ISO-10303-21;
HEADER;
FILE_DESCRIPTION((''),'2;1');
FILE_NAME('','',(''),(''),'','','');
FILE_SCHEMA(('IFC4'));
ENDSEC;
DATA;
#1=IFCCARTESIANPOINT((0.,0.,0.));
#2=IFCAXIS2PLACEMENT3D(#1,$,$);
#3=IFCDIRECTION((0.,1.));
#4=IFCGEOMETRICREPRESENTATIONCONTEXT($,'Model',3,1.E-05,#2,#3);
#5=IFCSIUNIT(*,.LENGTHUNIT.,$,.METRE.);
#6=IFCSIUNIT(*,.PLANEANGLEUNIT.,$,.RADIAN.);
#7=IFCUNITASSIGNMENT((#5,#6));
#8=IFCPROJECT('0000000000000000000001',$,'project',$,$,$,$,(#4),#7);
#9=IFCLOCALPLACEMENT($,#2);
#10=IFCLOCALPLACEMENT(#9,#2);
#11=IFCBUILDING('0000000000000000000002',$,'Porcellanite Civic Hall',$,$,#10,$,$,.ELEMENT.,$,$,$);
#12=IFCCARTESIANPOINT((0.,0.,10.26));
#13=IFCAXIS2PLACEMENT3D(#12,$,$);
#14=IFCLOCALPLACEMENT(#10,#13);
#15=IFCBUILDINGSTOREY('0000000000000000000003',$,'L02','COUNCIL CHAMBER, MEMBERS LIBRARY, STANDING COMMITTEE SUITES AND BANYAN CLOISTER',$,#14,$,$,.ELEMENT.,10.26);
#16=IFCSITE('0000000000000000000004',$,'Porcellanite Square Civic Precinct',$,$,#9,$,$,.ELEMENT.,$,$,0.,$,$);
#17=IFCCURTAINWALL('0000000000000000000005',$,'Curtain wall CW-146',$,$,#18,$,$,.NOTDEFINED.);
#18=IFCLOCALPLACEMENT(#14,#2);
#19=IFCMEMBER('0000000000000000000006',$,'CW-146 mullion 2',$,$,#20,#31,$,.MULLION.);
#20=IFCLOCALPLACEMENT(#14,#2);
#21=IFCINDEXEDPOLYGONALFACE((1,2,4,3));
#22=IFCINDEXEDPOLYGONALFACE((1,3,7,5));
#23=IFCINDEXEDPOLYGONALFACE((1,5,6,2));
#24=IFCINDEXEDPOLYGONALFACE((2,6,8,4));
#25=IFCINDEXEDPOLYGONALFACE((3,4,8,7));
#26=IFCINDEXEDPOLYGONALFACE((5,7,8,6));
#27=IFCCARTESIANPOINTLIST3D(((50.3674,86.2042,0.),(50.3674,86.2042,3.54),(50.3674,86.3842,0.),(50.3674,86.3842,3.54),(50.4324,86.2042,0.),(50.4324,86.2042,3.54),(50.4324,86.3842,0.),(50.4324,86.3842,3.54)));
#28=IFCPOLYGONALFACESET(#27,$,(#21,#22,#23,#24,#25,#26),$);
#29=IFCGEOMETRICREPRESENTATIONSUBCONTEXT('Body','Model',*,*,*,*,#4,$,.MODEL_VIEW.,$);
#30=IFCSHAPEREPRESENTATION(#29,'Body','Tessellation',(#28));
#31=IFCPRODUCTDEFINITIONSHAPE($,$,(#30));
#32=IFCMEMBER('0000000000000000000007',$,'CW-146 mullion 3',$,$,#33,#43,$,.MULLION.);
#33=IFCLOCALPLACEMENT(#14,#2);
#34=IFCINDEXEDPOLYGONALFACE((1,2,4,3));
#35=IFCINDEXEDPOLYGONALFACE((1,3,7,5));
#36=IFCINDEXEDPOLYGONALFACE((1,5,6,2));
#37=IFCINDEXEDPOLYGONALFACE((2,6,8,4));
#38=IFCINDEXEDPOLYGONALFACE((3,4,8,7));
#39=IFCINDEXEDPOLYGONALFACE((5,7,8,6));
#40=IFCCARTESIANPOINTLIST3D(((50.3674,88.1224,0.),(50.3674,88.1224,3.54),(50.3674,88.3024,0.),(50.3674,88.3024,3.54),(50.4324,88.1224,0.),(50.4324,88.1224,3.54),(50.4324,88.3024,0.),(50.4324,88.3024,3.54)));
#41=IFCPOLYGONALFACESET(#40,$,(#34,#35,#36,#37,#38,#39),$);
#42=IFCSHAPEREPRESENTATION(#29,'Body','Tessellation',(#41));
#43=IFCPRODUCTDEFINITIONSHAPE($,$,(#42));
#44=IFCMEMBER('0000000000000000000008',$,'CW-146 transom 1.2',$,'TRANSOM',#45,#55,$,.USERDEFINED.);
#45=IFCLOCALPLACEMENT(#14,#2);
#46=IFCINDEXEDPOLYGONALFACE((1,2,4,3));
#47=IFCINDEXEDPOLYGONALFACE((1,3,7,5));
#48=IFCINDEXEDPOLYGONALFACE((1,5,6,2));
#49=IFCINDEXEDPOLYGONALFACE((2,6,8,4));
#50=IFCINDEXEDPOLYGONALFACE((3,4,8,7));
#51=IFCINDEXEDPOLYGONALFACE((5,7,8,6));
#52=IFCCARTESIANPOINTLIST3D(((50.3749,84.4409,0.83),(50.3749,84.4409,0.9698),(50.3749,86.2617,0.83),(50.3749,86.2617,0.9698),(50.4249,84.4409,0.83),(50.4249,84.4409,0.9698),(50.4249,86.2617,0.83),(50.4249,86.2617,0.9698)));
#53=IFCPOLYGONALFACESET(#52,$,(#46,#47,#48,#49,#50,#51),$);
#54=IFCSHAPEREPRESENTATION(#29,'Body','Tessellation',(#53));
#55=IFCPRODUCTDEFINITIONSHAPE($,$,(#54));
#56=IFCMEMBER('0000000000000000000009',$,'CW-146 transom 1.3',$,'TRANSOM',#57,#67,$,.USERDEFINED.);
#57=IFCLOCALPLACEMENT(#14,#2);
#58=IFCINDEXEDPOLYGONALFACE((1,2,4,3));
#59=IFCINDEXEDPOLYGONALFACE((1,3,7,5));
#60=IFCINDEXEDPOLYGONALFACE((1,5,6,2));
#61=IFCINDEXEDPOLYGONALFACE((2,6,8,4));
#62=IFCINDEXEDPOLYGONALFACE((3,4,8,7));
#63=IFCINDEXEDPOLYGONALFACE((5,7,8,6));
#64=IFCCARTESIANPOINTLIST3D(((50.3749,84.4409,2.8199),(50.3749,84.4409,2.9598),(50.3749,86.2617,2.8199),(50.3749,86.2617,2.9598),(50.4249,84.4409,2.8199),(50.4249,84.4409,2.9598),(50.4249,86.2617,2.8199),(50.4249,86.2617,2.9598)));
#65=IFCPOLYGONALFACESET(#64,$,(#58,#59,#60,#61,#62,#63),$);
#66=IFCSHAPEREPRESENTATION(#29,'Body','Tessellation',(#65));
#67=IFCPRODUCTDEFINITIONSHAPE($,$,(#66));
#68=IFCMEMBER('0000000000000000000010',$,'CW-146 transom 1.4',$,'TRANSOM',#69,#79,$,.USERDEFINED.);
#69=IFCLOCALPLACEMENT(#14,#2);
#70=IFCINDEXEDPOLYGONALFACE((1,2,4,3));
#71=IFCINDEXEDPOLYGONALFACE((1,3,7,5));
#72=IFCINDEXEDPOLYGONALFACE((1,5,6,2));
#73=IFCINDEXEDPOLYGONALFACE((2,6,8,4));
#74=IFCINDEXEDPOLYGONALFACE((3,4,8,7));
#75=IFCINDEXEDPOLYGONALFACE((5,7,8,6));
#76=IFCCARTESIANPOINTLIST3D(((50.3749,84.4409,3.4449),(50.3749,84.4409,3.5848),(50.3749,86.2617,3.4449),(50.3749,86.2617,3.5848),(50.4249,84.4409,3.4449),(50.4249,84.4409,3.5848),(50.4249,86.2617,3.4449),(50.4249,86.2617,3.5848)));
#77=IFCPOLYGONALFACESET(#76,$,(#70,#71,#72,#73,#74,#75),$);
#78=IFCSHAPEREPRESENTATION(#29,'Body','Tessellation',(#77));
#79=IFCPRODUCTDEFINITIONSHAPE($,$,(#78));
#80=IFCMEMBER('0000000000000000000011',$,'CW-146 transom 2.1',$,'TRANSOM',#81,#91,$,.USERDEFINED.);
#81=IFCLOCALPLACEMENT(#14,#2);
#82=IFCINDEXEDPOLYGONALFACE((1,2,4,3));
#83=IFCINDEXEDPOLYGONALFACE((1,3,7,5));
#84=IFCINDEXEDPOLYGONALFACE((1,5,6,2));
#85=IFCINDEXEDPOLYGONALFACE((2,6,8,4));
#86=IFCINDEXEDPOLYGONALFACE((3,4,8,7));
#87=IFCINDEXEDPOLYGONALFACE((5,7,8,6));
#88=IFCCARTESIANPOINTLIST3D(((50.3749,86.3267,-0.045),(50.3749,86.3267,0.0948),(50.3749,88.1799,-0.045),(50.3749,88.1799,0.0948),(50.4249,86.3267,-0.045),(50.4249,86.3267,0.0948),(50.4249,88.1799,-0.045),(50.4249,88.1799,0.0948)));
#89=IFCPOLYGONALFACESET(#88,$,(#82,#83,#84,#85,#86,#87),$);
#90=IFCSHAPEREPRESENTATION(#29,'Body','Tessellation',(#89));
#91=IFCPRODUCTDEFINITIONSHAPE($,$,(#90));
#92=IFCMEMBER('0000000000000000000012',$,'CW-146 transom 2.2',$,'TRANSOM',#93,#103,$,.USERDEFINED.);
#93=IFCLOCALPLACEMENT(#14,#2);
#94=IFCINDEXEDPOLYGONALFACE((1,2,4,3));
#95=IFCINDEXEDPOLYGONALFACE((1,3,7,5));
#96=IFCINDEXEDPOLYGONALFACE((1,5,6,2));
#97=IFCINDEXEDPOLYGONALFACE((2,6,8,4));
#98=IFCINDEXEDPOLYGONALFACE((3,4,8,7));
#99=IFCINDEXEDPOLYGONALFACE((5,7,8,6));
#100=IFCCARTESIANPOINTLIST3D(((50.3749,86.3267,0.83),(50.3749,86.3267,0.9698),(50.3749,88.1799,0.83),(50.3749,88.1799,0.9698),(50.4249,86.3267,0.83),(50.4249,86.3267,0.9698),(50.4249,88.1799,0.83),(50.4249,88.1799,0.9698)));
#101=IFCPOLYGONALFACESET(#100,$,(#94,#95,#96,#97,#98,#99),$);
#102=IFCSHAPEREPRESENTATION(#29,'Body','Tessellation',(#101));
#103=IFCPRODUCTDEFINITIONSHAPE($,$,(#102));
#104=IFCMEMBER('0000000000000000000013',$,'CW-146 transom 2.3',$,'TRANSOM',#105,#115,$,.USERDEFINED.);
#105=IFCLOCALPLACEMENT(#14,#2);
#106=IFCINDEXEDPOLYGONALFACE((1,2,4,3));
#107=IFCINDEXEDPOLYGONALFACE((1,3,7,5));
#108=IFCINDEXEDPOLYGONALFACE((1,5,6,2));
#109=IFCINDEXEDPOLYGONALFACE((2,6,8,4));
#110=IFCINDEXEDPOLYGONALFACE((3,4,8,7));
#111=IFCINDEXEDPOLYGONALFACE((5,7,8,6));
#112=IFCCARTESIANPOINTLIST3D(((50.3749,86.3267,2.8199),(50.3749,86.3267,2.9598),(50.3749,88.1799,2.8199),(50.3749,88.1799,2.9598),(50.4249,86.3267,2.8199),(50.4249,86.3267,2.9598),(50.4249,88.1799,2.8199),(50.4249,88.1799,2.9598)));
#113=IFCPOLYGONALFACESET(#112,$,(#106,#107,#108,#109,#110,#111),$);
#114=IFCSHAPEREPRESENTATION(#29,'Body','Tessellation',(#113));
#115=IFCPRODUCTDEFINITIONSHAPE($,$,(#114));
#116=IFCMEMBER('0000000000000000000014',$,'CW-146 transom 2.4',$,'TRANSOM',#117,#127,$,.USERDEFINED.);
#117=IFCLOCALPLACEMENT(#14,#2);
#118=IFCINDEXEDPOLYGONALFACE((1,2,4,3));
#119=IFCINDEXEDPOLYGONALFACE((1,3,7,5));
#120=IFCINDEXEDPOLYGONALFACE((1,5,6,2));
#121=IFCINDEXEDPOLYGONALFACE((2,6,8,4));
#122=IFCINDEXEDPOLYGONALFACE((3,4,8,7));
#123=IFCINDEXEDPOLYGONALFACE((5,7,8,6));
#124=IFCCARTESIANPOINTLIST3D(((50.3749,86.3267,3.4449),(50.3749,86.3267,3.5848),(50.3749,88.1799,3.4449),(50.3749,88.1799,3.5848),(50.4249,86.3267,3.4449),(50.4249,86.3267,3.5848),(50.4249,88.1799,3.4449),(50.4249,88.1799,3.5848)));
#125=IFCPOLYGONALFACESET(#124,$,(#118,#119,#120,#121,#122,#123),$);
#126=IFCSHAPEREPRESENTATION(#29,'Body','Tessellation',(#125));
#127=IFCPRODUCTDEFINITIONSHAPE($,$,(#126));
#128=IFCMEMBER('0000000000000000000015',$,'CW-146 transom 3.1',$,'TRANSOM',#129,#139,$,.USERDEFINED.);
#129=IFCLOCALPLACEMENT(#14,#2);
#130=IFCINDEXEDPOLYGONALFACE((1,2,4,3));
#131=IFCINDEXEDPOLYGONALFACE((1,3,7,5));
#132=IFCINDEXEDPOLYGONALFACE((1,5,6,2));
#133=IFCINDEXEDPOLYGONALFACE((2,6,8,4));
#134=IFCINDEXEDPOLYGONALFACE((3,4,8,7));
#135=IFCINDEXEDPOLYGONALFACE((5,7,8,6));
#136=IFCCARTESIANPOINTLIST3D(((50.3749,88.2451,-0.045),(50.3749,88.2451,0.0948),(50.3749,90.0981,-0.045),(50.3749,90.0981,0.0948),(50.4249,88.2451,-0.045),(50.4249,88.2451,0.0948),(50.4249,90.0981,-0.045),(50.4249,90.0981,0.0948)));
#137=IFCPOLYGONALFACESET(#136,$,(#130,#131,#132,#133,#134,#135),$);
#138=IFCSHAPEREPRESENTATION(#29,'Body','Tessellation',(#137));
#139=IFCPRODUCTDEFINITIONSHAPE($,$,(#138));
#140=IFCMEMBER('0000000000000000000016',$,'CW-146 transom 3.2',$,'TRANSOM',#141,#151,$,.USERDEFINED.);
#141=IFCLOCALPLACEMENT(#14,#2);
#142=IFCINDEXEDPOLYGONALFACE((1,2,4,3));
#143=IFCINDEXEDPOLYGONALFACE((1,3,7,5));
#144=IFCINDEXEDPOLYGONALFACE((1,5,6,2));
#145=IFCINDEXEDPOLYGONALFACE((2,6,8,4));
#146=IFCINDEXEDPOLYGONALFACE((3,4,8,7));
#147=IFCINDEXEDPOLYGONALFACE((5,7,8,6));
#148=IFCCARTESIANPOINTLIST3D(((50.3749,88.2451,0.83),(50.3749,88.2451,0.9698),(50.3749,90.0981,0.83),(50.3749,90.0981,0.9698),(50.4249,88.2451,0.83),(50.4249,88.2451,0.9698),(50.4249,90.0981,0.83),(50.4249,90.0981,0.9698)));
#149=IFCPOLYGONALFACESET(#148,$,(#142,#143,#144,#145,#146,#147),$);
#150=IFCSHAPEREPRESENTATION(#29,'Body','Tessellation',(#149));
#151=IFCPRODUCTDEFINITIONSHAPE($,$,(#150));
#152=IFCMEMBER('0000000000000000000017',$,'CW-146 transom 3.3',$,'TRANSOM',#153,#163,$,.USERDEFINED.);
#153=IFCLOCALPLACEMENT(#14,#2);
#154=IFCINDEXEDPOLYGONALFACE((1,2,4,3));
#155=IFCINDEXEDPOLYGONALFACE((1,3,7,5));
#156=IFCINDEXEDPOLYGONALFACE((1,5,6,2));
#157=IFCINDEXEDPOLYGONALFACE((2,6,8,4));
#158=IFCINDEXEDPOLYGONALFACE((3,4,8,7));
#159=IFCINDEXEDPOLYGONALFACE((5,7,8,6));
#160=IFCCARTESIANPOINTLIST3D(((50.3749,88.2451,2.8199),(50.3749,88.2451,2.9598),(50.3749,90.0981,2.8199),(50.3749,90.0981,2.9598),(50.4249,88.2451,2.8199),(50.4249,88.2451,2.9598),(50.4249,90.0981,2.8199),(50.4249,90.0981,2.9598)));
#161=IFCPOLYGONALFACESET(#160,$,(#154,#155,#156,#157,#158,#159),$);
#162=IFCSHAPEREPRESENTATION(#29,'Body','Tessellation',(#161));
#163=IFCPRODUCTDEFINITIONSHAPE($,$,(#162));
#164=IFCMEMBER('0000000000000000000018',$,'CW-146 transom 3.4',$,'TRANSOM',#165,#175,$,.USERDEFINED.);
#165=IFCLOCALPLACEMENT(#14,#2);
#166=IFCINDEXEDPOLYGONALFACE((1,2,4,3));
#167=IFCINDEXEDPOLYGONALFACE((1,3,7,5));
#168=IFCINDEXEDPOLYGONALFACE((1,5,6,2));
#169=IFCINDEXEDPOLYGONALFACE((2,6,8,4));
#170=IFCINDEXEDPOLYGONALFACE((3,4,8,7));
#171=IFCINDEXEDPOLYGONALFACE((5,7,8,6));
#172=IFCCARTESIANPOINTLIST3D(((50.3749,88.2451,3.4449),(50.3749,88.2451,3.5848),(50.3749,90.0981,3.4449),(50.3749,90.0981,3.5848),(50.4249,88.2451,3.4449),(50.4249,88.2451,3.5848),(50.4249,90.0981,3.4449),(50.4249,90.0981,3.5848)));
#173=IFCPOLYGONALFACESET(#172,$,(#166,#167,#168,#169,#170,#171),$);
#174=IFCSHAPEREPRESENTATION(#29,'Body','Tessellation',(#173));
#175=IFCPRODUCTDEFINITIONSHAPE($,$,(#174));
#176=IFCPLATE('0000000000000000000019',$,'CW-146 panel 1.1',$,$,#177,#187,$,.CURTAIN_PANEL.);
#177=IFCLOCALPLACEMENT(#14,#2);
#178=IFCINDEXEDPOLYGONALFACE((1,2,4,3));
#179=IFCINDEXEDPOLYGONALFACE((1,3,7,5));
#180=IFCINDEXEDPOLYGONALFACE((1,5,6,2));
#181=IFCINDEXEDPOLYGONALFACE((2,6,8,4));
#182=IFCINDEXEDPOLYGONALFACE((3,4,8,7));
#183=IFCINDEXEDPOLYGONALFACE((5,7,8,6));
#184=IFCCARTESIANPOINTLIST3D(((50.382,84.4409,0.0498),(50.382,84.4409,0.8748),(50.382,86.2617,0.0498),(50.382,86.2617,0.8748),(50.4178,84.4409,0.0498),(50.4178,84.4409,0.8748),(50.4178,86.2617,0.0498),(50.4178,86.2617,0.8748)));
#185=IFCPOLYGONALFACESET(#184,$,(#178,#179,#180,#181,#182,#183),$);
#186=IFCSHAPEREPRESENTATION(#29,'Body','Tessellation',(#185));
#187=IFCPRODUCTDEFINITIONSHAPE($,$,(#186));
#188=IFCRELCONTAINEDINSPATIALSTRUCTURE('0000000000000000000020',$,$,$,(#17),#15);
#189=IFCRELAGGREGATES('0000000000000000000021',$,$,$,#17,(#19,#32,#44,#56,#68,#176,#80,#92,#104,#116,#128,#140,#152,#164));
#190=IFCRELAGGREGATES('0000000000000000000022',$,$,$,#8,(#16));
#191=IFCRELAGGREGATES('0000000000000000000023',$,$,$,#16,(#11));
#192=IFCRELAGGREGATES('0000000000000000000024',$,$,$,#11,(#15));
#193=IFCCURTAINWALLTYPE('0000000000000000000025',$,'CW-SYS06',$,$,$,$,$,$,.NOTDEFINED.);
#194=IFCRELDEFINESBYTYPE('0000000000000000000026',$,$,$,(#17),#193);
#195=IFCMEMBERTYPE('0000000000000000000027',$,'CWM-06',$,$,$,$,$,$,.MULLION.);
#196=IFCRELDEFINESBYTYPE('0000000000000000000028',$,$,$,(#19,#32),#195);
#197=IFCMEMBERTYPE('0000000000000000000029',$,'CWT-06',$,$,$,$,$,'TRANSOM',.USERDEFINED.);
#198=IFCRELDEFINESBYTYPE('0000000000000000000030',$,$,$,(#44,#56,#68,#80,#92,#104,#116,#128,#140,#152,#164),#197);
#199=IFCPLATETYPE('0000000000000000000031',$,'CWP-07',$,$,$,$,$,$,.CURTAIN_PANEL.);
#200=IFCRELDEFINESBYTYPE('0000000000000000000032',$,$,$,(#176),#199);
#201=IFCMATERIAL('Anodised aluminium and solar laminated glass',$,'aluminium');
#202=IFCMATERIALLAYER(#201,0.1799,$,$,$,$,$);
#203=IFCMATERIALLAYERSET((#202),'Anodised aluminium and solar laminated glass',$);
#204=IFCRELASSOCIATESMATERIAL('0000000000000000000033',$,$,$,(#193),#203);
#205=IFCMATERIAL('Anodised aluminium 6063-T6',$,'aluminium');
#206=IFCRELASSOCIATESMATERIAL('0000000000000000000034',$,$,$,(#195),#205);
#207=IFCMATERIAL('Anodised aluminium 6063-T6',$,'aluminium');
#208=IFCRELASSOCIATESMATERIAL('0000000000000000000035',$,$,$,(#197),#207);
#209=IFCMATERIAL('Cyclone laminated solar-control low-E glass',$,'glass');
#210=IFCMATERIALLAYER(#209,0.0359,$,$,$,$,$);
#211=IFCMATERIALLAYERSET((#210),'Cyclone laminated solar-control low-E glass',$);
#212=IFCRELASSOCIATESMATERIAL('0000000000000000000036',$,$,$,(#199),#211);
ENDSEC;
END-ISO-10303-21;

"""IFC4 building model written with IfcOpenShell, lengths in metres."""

from ifc_helpers import new_model, si_unit, direction, frame, origin, origin_2d, place, context, subcontext, project, spatial, rectangle, extrude, material, layer, layer_set, material_profile, profile_set, type_object, element, aggregate, save


model = new_model("IFC4")

# Units and contexts
model_context = context("Model", 3, precision=1e-05, world=origin(), true_north=direction((0.0, 1.0)))
body_context = subcontext(model_context, "Body", "Model", "MODEL_VIEW")
ifc_project = project(units=[si_unit("LENGTHUNIT", "METRE"), si_unit("PLANEANGLEUNIT", "RADIAN")], contexts=[model_context])

# Site, building, storey
site_placement = place(None, origin())
site = spatial("IfcSite", under=ifc_project, at=site_placement, Name="Porcellanite Square Civic Precinct", CompositionType="ELEMENT", RefElevation=0.0)
building_placement = place(site_placement, origin())
building = spatial("IfcBuilding", under=site, at=building_placement, Name="Porcellanite Civic Hall", CompositionType="ELEMENT")
storey_placement = place(building_placement, frame((0.0, 0.0, 10.26)))
storey = spatial("IfcBuildingStorey", under=building, at=storey_placement, Name="L02", Description="COUNCIL CHAMBER, MEMBERS LIBRARY, STANDING COMMITTEE SUITES AND BANYAN CLOISTER", CompositionType="ELEMENT", Elevation=10.26)

# Curtain wall, members, plate
ifc_material_1 = material(Name="Anodised aluminium and solar laminated glass", Category="aluminium")
ifc_layer_1 = layer(ifc_material_1, 0.1799)
ifc_layer_set_1 = layer_set([ifc_layer_1], Name="Anodised aluminium and solar laminated glass")
curtain_wall_type = type_object("IfcCurtainWallType", Name="CW-SYS06", PredefinedType="NOTDEFINED", material=ifc_layer_set_1)
curtain_wall_placement = place(storey_placement, origin())
curtain_wall = element("IfcCurtainWall", 1, at=curtain_wall_placement, inside=storey, type_object=curtain_wall_type, Name="Curtain wall CW-146", PredefinedType="NOTDEFINED")
ifc_material_2 = material(Name="Anodised aluminium 6063-T6", Category="aluminium")
ifc_material_profile_1 = material_profile(ifc_material_2, rectangle(XDim=0.0649, YDim=0.1799, at=origin_2d()), Name="AL-65x180")
ifc_profile_set_1 = profile_set([ifc_material_profile_1], Name="Anodised aluminium 6063-T6")
member_type_1 = type_object("IfcMemberType", Name="CWM-06", PredefinedType="MULLION", material=ifc_profile_set_1)
member_1_placement = place(storey_placement, frame((50.3999, 86.2942, 0.0), z_axis=(0.0, 0.0, 1.0), x_axis=(-1.0, 0.0, 0.0)))
member_1 = element("IfcMember", 2, at=member_1_placement, type_object=member_type_1, Name="CW-146 mullion 2", PredefinedType="MULLION", context=body_context, shape_type="SweptSolid", body=[
    extrude(rectangle(XDim=0.0649, YDim=0.1799, at=origin_2d()), origin(), (0.0, 0.0, 1.0), 3.54),
])
member_2_placement = place(storey_placement, frame((50.3999, 88.2124, 0.0), z_axis=(0.0, 0.0, 1.0), x_axis=(-1.0, 0.0, 0.0)))
member_2 = element("IfcMember", 3, at=member_2_placement, type_object=member_type_1, Name="CW-146 mullion 3", PredefinedType="MULLION", context=body_context, shape_type="SweptSolid", body=[
    extrude(rectangle(XDim=0.0649, YDim=0.1799, at=origin_2d()), origin(), (0.0, 0.0, 1.0), 3.54),
])
ifc_material_3 = material(Name="Anodised aluminium 6063-T6", Category="aluminium")
ifc_material_profile_2 = material_profile(ifc_material_3, rectangle(XDim=0.05, YDim=0.1399, at=origin_2d()), Name="AL-50x140")
ifc_profile_set_2 = profile_set([ifc_material_profile_2], Name="Anodised aluminium 6063-T6")
member_type_2 = type_object("IfcMemberType", Name="CWT-06", ElementType="TRANSOM", PredefinedType="USERDEFINED", material=ifc_profile_set_2)
member_3_placement = place(storey_placement, frame((50.3999, 84.4409, 0.8999), z_axis=(0.0, 1.0, 0.0), x_axis=(-1.0, 0.0, 0.0)))
member_3 = element("IfcMember", 4, at=member_3_placement, type_object=member_type_2, Name="CW-146 transom 1.2", ObjectType="TRANSOM", PredefinedType="USERDEFINED", context=body_context, shape_type="SweptSolid", body=[
    extrude(rectangle(XDim=0.05, YDim=0.1399, at=origin_2d()), origin(), (0.0, 0.0, 1.0), 1.8208),
])
member_4_placement = place(storey_placement, frame((50.3999, 84.4409, 2.8899), z_axis=(0.0, 1.0, 0.0), x_axis=(-1.0, 0.0, 0.0)))
member_4 = element("IfcMember", 5, at=member_4_placement, type_object=member_type_2, Name="CW-146 transom 1.3", ObjectType="TRANSOM", PredefinedType="USERDEFINED", context=body_context, shape_type="SweptSolid", body=[
    extrude(rectangle(XDim=0.05, YDim=0.1399, at=origin_2d()), origin(), (0.0, 0.0, 1.0), 1.8208),
])
member_5_placement = place(storey_placement, frame((50.3999, 84.4409, 3.5149), z_axis=(0.0, 1.0, 0.0), x_axis=(-1.0, 0.0, 0.0)))
member_5 = element("IfcMember", 6, at=member_5_placement, type_object=member_type_2, Name="CW-146 transom 1.4", ObjectType="TRANSOM", PredefinedType="USERDEFINED", context=body_context, shape_type="SweptSolid", body=[
    extrude(rectangle(XDim=0.05, YDim=0.1399, at=origin_2d()), origin(), (0.0, 0.0, 1.0), 1.8208),
])
member_6_placement = place(storey_placement, frame((50.3999, 86.3267, 0.0249), z_axis=(0.0, 1.0, 0.0), x_axis=(-1.0, 0.0, 0.0)))
member_6 = element("IfcMember", 7, at=member_6_placement, type_object=member_type_2, Name="CW-146 transom 2.1", ObjectType="TRANSOM", PredefinedType="USERDEFINED", context=body_context, shape_type="SweptSolid", body=[
    extrude(rectangle(XDim=0.05, YDim=0.1399, at=origin_2d()), origin(), (0.0, 0.0, 1.0), 1.8533),
])
member_7_placement = place(storey_placement, frame((50.3999, 86.3267, 0.8999), z_axis=(0.0, 1.0, 0.0), x_axis=(-1.0, 0.0, 0.0)))
member_7 = element("IfcMember", 8, at=member_7_placement, type_object=member_type_2, Name="CW-146 transom 2.2", ObjectType="TRANSOM", PredefinedType="USERDEFINED", context=body_context, shape_type="SweptSolid", body=[
    extrude(rectangle(XDim=0.05, YDim=0.1399, at=origin_2d()), origin(), (0.0, 0.0, 1.0), 1.8533),
])
member_8_placement = place(storey_placement, frame((50.3999, 86.3267, 2.8899), z_axis=(0.0, 1.0, 0.0), x_axis=(-1.0, 0.0, 0.0)))
member_8 = element("IfcMember", 9, at=member_8_placement, type_object=member_type_2, Name="CW-146 transom 2.3", ObjectType="TRANSOM", PredefinedType="USERDEFINED", context=body_context, shape_type="SweptSolid", body=[
    extrude(rectangle(XDim=0.05, YDim=0.1399, at=origin_2d()), origin(), (0.0, 0.0, 1.0), 1.8533),
])
member_9_placement = place(storey_placement, frame((50.3999, 86.3267, 3.5149), z_axis=(0.0, 1.0, 0.0), x_axis=(-1.0, 0.0, 0.0)))
member_9 = element("IfcMember", 10, at=member_9_placement, type_object=member_type_2, Name="CW-146 transom 2.4", ObjectType="TRANSOM", PredefinedType="USERDEFINED", context=body_context, shape_type="SweptSolid", body=[
    extrude(rectangle(XDim=0.05, YDim=0.1399, at=origin_2d()), origin(), (0.0, 0.0, 1.0), 1.8533),
])
member_10_placement = place(storey_placement, frame((50.3999, 88.2451, 0.0249), z_axis=(0.0, 1.0, 0.0), x_axis=(-1.0, 0.0, 0.0)))
member_10 = element("IfcMember", 11, at=member_10_placement, type_object=member_type_2, Name="CW-146 transom 3.1", ObjectType="TRANSOM", PredefinedType="USERDEFINED", context=body_context, shape_type="SweptSolid", body=[
    extrude(rectangle(XDim=0.05, YDim=0.1399, at=origin_2d()), origin(), (0.0, 0.0, 1.0), 1.853),
])
member_11_placement = place(storey_placement, frame((50.3999, 88.2451, 0.8999), z_axis=(0.0, 1.0, 0.0), x_axis=(-1.0, 0.0, 0.0)))
member_11 = element("IfcMember", 12, at=member_11_placement, type_object=member_type_2, Name="CW-146 transom 3.2", ObjectType="TRANSOM", PredefinedType="USERDEFINED", context=body_context, shape_type="SweptSolid", body=[
    extrude(rectangle(XDim=0.05, YDim=0.1399, at=origin_2d()), origin(), (0.0, 0.0, 1.0), 1.853),
])
member_12_placement = place(storey_placement, frame((50.3999, 88.2451, 2.8899), z_axis=(0.0, 1.0, 0.0), x_axis=(-1.0, 0.0, 0.0)))
member_12 = element("IfcMember", 13, at=member_12_placement, type_object=member_type_2, Name="CW-146 transom 3.3", ObjectType="TRANSOM", PredefinedType="USERDEFINED", context=body_context, shape_type="SweptSolid", body=[
    extrude(rectangle(XDim=0.05, YDim=0.1399, at=origin_2d()), origin(), (0.0, 0.0, 1.0), 1.853),
])
member_13_placement = place(storey_placement, frame((50.3999, 88.2451, 3.5149), z_axis=(0.0, 1.0, 0.0), x_axis=(-1.0, 0.0, 0.0)))
member_13 = element("IfcMember", 14, at=member_13_placement, type_object=member_type_2, Name="CW-146 transom 3.4", ObjectType="TRANSOM", PredefinedType="USERDEFINED", context=body_context, shape_type="SweptSolid", body=[
    extrude(rectangle(XDim=0.05, YDim=0.1399, at=origin_2d()), origin(), (0.0, 0.0, 1.0), 1.853),
])
ifc_material_4 = material(Name="Cyclone laminated solar-control low-E glass", Category="glass")
ifc_layer_2 = layer(ifc_material_4, 0.0359)
ifc_layer_set_2 = layer_set([ifc_layer_2], Name="Cyclone laminated solar-control low-E glass")
plate_type = type_object("IfcPlateType", Name="CWP-07", PredefinedType="CURTAIN_PANEL", material=ifc_layer_set_2)
plate_1_placement = place(storey_placement, frame((50.3999, 85.3513, 0.0498), z_axis=(0.0, 0.0, 1.0), x_axis=(0.0, 1.0, 0.0)))
plate_1 = element("IfcPlate", 15, at=plate_1_placement, type_object=plate_type, Name="CW-146 panel 1.1", PredefinedType="CURTAIN_PANEL", context=body_context, shape_type="SweptSolid", body=[
    extrude(rectangle(XDim=1.8208, YDim=0.0359, at=origin_2d()), origin(), (0.0, 0.0, 1.0), 0.825),
])
aggregate(curtain_wall, [member_1, member_2, member_3, member_4, member_5, plate_1, member_6, member_7, member_8, member_9, member_10, member_11, member_12, member_13])

save(model, "model.ifc")
